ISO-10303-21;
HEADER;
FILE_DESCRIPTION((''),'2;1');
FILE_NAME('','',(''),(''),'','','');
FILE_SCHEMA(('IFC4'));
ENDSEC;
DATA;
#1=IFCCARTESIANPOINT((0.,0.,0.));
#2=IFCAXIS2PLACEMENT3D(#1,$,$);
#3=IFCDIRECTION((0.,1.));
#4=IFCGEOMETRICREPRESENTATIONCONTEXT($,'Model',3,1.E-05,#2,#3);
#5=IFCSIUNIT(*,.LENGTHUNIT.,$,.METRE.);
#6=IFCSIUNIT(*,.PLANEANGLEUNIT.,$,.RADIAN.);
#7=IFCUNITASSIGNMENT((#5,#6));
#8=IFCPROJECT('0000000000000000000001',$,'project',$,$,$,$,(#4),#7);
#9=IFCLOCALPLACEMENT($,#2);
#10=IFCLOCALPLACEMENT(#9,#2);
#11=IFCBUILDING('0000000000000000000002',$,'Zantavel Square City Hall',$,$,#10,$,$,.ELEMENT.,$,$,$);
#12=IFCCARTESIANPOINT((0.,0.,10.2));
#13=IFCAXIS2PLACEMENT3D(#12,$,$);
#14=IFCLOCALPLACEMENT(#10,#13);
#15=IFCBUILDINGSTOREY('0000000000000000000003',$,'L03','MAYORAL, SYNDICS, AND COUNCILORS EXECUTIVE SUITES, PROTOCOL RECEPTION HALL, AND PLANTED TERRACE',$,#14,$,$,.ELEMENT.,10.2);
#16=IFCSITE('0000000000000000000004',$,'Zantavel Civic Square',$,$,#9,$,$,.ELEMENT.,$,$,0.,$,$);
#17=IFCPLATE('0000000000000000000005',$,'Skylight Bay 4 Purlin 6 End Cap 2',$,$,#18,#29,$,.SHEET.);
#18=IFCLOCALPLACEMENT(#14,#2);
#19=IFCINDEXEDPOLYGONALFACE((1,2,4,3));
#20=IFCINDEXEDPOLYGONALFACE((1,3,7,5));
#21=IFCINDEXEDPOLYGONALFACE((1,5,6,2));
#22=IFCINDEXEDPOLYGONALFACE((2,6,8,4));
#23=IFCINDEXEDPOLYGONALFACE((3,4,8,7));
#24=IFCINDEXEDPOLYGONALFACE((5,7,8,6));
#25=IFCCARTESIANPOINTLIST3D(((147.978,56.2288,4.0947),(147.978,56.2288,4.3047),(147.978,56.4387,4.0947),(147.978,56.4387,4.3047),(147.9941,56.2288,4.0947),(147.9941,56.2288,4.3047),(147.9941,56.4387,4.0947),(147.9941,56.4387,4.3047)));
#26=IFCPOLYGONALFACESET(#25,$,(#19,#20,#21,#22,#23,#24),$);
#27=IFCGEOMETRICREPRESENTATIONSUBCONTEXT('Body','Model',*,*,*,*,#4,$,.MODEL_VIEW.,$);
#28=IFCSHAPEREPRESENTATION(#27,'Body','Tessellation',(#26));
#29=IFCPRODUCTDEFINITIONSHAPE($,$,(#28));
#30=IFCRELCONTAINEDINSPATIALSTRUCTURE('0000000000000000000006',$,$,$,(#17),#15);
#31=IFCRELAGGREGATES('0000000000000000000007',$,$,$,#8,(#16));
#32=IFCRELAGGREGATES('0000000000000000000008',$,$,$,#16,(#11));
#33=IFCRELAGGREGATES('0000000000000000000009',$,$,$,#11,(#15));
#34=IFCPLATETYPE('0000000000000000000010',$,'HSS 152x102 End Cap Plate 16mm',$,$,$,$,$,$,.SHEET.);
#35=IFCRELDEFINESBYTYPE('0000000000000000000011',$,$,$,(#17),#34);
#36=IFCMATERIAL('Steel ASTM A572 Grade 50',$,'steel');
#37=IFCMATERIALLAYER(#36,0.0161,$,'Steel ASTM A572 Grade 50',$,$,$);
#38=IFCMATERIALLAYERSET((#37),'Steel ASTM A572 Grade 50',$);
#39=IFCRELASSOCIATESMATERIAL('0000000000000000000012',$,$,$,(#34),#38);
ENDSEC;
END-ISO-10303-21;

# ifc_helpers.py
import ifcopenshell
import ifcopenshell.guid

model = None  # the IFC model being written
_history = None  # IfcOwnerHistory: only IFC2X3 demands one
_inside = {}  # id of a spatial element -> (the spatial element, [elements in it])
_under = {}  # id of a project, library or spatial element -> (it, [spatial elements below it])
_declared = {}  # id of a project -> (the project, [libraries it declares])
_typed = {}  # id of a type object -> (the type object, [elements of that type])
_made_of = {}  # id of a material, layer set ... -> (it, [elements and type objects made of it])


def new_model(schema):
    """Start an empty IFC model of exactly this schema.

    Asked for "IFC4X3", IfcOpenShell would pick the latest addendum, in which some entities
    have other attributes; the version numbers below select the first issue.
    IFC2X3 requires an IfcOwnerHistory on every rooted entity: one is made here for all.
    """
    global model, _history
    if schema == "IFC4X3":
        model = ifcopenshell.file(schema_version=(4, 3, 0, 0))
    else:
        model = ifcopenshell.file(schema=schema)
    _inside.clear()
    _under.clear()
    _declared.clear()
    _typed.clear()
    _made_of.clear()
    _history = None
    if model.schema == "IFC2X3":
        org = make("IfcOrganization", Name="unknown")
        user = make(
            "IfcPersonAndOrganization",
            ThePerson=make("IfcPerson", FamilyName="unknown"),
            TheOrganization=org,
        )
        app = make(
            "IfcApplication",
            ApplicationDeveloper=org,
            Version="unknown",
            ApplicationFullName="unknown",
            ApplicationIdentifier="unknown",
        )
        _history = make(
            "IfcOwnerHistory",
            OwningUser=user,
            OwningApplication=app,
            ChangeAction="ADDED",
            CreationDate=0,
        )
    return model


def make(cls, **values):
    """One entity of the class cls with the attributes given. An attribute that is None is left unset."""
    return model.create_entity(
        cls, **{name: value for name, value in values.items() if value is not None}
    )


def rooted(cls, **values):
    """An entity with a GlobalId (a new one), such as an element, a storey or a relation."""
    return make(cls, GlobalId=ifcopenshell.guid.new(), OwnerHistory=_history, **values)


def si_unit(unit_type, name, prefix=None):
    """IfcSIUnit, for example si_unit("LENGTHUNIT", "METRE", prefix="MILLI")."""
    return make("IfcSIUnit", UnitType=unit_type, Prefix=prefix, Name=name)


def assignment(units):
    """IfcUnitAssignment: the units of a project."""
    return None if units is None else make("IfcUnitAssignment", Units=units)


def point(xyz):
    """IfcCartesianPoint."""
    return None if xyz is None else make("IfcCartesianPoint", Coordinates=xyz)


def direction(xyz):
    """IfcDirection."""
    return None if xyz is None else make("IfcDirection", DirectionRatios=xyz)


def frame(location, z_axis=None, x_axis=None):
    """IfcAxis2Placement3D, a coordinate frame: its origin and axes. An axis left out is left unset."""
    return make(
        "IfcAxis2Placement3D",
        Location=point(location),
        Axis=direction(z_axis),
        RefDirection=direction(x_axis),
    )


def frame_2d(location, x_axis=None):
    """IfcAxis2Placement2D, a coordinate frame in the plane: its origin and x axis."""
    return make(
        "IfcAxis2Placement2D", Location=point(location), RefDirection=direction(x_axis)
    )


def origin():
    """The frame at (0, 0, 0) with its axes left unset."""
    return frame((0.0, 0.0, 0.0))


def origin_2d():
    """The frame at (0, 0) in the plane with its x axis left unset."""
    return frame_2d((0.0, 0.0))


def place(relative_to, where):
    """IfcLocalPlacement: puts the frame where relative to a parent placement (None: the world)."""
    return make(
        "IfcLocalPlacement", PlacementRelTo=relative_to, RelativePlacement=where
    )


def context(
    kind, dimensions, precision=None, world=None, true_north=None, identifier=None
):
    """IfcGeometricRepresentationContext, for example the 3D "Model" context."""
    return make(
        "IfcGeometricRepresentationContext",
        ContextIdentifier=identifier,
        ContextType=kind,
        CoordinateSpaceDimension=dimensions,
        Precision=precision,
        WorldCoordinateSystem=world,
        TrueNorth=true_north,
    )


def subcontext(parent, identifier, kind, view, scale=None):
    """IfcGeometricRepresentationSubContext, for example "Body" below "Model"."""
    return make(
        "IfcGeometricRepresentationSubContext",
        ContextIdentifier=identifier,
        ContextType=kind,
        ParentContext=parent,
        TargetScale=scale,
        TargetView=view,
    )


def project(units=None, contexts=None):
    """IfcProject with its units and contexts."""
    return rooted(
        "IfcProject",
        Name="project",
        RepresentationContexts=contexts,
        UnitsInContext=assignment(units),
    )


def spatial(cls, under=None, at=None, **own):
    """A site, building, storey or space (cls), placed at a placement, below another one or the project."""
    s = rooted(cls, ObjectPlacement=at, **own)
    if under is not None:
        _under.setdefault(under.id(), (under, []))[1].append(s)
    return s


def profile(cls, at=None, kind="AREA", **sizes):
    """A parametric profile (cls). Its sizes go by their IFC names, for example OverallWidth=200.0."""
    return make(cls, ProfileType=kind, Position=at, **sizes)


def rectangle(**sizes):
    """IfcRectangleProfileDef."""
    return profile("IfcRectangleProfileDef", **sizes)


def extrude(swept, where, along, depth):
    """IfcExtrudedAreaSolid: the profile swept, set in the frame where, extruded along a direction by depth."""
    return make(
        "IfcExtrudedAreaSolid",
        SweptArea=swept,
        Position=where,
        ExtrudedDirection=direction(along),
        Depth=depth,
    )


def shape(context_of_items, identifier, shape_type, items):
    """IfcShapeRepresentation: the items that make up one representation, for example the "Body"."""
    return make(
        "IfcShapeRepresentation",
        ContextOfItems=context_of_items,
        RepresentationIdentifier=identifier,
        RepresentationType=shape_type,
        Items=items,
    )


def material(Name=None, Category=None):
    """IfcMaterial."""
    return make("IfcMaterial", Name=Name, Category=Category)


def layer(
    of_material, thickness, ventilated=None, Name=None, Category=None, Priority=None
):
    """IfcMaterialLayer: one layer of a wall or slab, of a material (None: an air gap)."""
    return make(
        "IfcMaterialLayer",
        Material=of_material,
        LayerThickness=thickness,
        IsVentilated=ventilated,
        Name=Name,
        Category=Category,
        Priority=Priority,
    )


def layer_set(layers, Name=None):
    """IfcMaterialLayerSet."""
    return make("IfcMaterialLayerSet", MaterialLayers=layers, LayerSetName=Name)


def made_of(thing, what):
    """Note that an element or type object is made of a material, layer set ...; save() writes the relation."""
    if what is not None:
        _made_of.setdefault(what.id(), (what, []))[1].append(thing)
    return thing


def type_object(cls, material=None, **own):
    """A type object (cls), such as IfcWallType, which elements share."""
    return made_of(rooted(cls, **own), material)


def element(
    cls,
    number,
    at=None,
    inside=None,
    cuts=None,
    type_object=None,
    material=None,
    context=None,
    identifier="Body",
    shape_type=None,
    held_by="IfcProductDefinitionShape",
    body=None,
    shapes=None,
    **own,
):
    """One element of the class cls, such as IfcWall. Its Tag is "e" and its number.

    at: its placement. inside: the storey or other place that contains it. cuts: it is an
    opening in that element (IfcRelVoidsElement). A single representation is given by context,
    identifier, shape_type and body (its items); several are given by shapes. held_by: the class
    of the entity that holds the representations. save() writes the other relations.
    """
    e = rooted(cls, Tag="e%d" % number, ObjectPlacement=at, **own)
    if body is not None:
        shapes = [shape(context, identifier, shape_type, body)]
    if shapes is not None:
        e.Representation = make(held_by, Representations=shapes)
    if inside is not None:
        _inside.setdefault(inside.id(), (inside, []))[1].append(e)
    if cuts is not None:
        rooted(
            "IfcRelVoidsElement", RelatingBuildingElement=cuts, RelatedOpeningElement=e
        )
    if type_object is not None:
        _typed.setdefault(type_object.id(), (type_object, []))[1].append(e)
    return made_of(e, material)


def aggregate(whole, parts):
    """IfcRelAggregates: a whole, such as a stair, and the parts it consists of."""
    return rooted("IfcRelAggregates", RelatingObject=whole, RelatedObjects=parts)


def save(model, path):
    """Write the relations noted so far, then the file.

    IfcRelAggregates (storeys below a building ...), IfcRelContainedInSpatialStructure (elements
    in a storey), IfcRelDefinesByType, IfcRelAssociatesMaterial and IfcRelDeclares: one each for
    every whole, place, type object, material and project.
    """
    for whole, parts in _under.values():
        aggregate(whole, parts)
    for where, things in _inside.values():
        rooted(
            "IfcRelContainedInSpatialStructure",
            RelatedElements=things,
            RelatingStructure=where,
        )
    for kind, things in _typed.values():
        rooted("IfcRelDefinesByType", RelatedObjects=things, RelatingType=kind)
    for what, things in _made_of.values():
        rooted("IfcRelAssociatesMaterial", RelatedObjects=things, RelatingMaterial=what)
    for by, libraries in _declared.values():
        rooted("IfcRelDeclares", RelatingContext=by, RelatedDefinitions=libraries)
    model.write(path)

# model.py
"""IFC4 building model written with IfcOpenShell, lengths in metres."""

from ifc_helpers import new_model, si_unit, direction, frame, origin, origin_2d, place, context, subcontext, project, spatial, rectangle, extrude, material, layer, layer_set, type_object, element, save


model = new_model("IFC4")

# Units and contexts
model_context = context("Model", 3, precision=1e-05, world=origin(), true_north=direction((0.0, 1.0)))
body_context = subcontext(model_context, "Body", "Model", "MODEL_VIEW")
ifc_project = project(units=[si_unit("LENGTHUNIT", "METRE"), si_unit("PLANEANGLEUNIT", "RADIAN")], contexts=[model_context])

# Site, building, storey
site_placement = place(None, origin())
site = spatial("IfcSite", under=ifc_project, at=site_placement, Name="Zantavel Civic Square", CompositionType="ELEMENT", RefElevation=0.0)
building_placement = place(site_placement, origin())
building = spatial("IfcBuilding", under=site, at=building_placement, Name="Zantavel Square City Hall", CompositionType="ELEMENT")
storey_placement = place(building_placement, frame((0.0, 0.0, 10.2)))
storey = spatial("IfcBuildingStorey", under=building, at=storey_placement, Name="L03", Description="MAYORAL, SYNDICS, AND COUNCILORS EXECUTIVE SUITES, PROTOCOL RECEPTION HALL, AND PLANTED TERRACE", CompositionType="ELEMENT", Elevation=10.2)

# Plate
ifc_material_1 = material(Name="Steel ASTM A572 Grade 50", Category="steel")
ifc_layer = layer(ifc_material_1, 0.0161, Name="Steel ASTM A572 Grade 50")
ifc_layer_set = layer_set([ifc_layer], Name="Steel ASTM A572 Grade 50")
plate_type = type_object("IfcPlateType", Name="HSS 152x102 End Cap Plate 16mm", PredefinedType="SHEET", material=ifc_layer_set)
for number, where, z_axis, x_axis, name in (
    (1, (147.9861, 56.3337, 4.0947), (0.0, 0.0, 1.0), (1.0, 0.0, 0.0), "Skylight Bay 4 Purlin 6 End Cap 2"),
):
    element("IfcPlate", number, at=place(storey_placement, frame(where, z_axis=z_axis, x_axis=x_axis)), inside=storey, type_object=plate_type, Name=name, PredefinedType="SHEET", context=body_context, shape_type="SweptSolid", body=[
        extrude(rectangle(XDim=0.0161, YDim=0.21, at=origin_2d()), origin(), (0.0, 0.0, 1.0), 0.21),
    ])

save(model, "model.ifc")
